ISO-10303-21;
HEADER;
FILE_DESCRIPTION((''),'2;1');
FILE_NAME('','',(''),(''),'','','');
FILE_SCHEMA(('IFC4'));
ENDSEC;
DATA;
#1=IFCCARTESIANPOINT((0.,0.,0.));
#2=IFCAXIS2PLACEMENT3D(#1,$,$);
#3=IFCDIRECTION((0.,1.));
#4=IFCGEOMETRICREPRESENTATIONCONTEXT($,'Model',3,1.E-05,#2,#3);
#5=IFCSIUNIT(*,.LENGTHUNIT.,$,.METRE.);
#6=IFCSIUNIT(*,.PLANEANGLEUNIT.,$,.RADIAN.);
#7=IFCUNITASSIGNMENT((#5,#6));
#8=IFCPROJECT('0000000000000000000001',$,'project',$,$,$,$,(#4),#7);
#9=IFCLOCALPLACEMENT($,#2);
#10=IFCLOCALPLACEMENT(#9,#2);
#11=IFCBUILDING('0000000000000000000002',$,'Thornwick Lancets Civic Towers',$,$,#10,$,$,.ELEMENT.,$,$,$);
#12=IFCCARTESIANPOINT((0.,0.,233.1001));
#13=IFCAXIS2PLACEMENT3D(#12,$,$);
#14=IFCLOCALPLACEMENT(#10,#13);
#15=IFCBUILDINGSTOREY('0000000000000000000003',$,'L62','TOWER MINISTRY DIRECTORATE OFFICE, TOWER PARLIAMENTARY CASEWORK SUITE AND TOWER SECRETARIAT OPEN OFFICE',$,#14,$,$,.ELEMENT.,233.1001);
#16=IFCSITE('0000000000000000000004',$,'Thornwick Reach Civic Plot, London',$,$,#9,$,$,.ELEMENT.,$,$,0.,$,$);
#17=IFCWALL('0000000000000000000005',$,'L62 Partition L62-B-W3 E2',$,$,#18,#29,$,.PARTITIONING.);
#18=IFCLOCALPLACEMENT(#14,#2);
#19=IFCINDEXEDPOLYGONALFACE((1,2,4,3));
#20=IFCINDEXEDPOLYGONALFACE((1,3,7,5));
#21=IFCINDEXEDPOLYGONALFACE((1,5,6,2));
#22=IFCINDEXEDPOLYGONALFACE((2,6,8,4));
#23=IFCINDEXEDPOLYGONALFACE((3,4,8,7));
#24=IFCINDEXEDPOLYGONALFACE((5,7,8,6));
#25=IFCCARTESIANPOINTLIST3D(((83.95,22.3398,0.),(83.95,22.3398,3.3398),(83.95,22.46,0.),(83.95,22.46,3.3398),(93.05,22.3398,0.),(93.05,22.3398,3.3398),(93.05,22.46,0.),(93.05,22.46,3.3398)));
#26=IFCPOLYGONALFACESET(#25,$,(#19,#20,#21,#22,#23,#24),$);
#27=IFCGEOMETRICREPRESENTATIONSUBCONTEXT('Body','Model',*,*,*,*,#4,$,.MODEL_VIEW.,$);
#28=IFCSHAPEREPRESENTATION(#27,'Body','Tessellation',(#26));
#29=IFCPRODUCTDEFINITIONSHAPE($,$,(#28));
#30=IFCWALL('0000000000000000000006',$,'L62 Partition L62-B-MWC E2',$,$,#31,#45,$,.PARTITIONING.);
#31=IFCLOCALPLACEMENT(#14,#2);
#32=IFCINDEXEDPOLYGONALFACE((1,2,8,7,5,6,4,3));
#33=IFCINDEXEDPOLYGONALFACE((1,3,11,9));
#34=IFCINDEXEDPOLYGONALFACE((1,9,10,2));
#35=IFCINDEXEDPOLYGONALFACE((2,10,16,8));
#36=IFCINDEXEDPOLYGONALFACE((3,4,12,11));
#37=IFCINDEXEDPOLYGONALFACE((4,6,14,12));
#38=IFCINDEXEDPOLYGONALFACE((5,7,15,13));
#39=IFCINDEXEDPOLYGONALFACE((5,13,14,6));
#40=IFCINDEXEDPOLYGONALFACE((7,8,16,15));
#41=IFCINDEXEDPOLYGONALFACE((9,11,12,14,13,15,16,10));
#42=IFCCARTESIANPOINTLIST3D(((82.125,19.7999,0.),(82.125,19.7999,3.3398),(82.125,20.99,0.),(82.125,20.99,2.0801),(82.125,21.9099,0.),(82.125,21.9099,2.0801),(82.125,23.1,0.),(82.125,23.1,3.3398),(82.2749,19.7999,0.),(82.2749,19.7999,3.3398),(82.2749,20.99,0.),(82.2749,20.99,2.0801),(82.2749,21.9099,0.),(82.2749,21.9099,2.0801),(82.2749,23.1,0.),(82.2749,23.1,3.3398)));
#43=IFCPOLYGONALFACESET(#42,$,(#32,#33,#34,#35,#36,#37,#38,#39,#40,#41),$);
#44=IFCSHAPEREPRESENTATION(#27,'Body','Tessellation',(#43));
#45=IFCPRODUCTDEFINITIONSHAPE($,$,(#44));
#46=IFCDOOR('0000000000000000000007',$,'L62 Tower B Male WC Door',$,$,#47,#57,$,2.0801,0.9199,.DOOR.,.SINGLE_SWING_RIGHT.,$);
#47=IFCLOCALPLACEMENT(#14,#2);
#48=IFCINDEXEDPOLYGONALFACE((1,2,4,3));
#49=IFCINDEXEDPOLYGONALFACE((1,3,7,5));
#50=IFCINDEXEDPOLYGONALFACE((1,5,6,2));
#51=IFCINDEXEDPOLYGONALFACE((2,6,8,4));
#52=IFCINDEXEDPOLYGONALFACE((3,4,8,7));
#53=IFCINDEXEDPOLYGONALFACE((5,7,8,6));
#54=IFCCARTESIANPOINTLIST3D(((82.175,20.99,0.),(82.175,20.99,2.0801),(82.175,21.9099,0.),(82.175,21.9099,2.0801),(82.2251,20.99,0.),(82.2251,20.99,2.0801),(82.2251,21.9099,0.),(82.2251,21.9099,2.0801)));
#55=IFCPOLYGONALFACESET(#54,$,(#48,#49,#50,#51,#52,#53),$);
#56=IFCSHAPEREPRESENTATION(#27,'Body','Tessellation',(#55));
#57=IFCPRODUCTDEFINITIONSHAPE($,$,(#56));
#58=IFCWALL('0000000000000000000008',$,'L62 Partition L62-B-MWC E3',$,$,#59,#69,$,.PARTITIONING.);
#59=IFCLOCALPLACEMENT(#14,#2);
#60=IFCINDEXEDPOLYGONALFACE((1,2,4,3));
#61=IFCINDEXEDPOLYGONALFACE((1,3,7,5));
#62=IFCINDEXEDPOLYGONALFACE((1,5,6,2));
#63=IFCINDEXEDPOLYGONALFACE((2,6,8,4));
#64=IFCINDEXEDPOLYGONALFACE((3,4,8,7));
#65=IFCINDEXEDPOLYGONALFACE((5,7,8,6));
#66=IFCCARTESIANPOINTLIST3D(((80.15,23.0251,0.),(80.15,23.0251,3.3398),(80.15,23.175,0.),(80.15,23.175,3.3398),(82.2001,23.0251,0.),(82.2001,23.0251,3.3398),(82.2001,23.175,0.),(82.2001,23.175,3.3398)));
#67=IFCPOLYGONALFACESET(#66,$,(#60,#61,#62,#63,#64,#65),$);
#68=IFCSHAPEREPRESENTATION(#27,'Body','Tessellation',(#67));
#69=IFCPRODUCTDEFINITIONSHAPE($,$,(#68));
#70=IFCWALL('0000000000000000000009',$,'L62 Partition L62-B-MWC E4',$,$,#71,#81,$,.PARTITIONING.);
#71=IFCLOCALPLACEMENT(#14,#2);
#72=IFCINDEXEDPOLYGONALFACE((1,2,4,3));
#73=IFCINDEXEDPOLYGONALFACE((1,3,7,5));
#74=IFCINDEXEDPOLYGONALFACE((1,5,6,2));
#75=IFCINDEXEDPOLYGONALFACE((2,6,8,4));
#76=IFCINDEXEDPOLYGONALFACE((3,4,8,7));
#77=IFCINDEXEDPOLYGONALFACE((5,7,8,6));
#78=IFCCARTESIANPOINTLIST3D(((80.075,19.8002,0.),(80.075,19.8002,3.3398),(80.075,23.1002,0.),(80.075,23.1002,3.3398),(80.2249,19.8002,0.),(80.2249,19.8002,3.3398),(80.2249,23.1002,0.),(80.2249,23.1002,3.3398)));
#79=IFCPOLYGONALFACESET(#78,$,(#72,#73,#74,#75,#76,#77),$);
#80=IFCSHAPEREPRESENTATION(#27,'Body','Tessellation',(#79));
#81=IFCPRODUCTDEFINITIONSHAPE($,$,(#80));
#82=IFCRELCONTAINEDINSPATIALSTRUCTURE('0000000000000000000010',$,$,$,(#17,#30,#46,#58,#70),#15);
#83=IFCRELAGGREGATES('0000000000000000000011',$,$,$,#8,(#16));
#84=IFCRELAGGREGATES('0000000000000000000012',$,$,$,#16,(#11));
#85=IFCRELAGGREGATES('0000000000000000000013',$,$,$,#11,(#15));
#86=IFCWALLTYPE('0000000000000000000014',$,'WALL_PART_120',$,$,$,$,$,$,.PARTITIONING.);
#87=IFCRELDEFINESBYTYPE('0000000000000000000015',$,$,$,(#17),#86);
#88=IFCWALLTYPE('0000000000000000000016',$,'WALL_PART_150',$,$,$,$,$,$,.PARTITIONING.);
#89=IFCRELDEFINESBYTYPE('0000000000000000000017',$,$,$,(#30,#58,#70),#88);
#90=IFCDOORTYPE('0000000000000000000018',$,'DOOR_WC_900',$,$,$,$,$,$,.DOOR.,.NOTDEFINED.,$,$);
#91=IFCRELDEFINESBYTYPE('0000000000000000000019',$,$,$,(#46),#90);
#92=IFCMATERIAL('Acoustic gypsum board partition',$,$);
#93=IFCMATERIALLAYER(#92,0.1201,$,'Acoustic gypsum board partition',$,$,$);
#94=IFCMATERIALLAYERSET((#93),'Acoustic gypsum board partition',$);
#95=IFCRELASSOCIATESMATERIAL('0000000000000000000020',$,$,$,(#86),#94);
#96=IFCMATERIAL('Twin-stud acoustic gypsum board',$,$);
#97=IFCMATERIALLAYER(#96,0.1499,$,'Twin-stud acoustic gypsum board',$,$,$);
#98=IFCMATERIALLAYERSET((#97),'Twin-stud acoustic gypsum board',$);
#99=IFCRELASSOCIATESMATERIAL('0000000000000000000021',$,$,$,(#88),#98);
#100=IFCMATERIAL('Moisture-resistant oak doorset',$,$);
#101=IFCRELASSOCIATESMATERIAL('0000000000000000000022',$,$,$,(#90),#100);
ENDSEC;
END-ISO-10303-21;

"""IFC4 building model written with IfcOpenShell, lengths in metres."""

from ifc_helpers import new_model, si_unit, direction, frame, frame_2d, origin, place, context, subcontext, project, spatial, rectangle, extrude, material, layer, layer_set, type_object, element, fill, save


model = new_model("IFC4")

# Units and contexts
model_context = context("Model", 3, precision=1e-05, world=origin(), true_north=direction((0.0, 1.0)))
body_context = subcontext(model_context, "Body", "Model", "MODEL_VIEW")
ifc_project = project(units=[si_unit("LENGTHUNIT", "METRE"), si_unit("PLANEANGLEUNIT", "RADIAN")], contexts=[model_context])

# Site, building, storey
site_placement = place(None, origin())
site = spatial("IfcSite", under=ifc_project, at=site_placement, Name="Thornwick Reach Civic Plot, London", CompositionType="ELEMENT", RefElevation=0.0)
building_placement = place(site_placement, origin())
building = spatial("IfcBuilding", under=site, at=building_placement, Name="Thornwick Lancets Civic Towers", CompositionType="ELEMENT")
storey_placement = place(building_placement, frame((0.0, 0.0, 233.1001)))
storey = spatial("IfcBuildingStorey", under=building, at=storey_placement, Name="L62", Description="TOWER MINISTRY DIRECTORATE OFFICE, TOWER PARLIAMENTARY CASEWORK SUITE AND TOWER SECRETARIAT OPEN OFFICE", CompositionType="ELEMENT", Elevation=233.1001)

# Wall
ifc_material_1 = material(Name="Acoustic gypsum board partition")
ifc_layer_1 = layer(ifc_material_1, 0.1201, Name="Acoustic gypsum board partition")
ifc_layer_set_1 = layer_set([ifc_layer_1], Name="Acoustic gypsum board partition")
wall_type_1 = type_object("IfcWallType", Name="WALL_PART_120", PredefinedType="PARTITIONING", material=ifc_layer_set_1)
wall_1_placement = place(storey_placement, frame((83.95, 22.3999, 0.0), z_axis=(0.0, 0.0, 1.0), x_axis=(1.0, 0.0, 0.0)))
element("IfcWall", 1, at=wall_1_placement, inside=storey, type_object=wall_type_1, Name="L62 Partition L62-B-W3 E2", PredefinedType="PARTITIONING", context=body_context, shape_type="SweptSolid", body=[
    extrude(rectangle(XDim=9.1001, YDim=0.1201, at=frame_2d((4.55, 0.0))), origin(), (0.0, 0.0, 1.0), 3.3398),
])

# Wall, opening, door
ifc_material_2 = material(Name="Twin-stud acoustic gypsum board")
ifc_layer_2 = layer(ifc_material_2, 0.1499, Name="Twin-stud acoustic gypsum board")
ifc_layer_set_2 = layer_set([ifc_layer_2], Name="Twin-stud acoustic gypsum board")
wall_type_2 = type_object("IfcWallType", Name="WALL_PART_150", PredefinedType="PARTITIONING", material=ifc_layer_set_2)
wall_2_placement = place(storey_placement, frame((82.2, 19.8, 0.0), z_axis=(0.0, 0.0, 1.0), x_axis=(0.0, 1.0, 0.0)))
wall_2 = element("IfcWall", 2, at=wall_2_placement, inside=storey, type_object=wall_type_2, Name="L62 Partition L62-B-MWC E2", PredefinedType="PARTITIONING", context=body_context, shape_type="SweptSolid", body=[
    extrude(rectangle(XDim=3.3, YDim=0.1499, at=frame_2d((1.6499, 0.0))), origin(), (0.0, 0.0, 1.0), 3.3398),
])
opening_1_placement = place(wall_2_placement, frame((1.1899, 0.0, 0.0)))
opening_1 = element("IfcOpeningElement", 3, at=opening_1_placement, cuts=wall_2, PredefinedType="OPENING", context=body_context, shape_type="SweptSolid", body=[
    extrude(rectangle(XDim=0.9199, YDim=2.0801, at=frame_2d((0.46, 1.04))), frame((0.0, 0.085, 0.0), z_axis=(0.0, -1.0, 0.0), x_axis=(1.0, 0.0, 0.0)), (0.0, 0.0, 1.0), 0.1699),
])
ifc_material_3 = material(Name="Moisture-resistant oak doorset")
door_type_1 = type_object("IfcDoorType", Name="DOOR_WC_900", OperationType="NOTDEFINED", PredefinedType="DOOR", material=ifc_material_3)
door_1_placement = place(opening_1_placement, origin())
door_1 = element("IfcDoor", 4, at=door_1_placement, inside=storey, type_object=door_type_1, Name="L62 Tower B Male WC Door", OperationType="SINGLE_SWING_RIGHT", OverallHeight=2.0801, OverallWidth=0.9199, PredefinedType="DOOR", context=body_context, shape_type="SweptSolid", body=[
    extrude(rectangle(XDim=0.9199, YDim=2.0801, at=frame_2d((0.46, 1.04))), frame((0.0, 0.0249, 0.0), z_axis=(0.0, -1.0, 0.0), x_axis=(1.0, 0.0, 0.0)), (0.0, 0.0, 1.0), 0.05),
])
fill(opening_1, door_1)

# Walls
wall_3_placement = place(storey_placement, frame((82.2, 23.1001, 0.0), z_axis=(0.0, 0.0, 1.0), x_axis=(-1.0, 0.0, 0.0)))
element("IfcWall", 5, at=wall_3_placement, inside=storey, type_object=wall_type_2, Name="L62 Partition L62-B-MWC E3", PredefinedType="PARTITIONING", context=body_context, shape_type="SweptSolid", body=[
    extrude(rectangle(XDim=2.05, YDim=0.1499, at=frame_2d((1.0249, 0.0))), origin(), (0.0, 0.0, 1.0), 3.3398),
])
wall_4_placement = place(storey_placement, frame((80.1499, 23.1001, 0.0), z_axis=(0.0, 0.0, 1.0), x_axis=(0.0, -1.0, 0.0)))
element("IfcWall", 6, at=wall_4_placement, inside=storey, type_object=wall_type_2, Name="L62 Partition L62-B-MWC E4", PredefinedType="PARTITIONING", context=body_context, shape_type="SweptSolid", body=[
    extrude(rectangle(XDim=3.3, YDim=0.1499, at=frame_2d((1.6499, 0.0))), origin(), (0.0, 0.0, 1.0), 3.3398),
])

save(model, "model.ifc")
